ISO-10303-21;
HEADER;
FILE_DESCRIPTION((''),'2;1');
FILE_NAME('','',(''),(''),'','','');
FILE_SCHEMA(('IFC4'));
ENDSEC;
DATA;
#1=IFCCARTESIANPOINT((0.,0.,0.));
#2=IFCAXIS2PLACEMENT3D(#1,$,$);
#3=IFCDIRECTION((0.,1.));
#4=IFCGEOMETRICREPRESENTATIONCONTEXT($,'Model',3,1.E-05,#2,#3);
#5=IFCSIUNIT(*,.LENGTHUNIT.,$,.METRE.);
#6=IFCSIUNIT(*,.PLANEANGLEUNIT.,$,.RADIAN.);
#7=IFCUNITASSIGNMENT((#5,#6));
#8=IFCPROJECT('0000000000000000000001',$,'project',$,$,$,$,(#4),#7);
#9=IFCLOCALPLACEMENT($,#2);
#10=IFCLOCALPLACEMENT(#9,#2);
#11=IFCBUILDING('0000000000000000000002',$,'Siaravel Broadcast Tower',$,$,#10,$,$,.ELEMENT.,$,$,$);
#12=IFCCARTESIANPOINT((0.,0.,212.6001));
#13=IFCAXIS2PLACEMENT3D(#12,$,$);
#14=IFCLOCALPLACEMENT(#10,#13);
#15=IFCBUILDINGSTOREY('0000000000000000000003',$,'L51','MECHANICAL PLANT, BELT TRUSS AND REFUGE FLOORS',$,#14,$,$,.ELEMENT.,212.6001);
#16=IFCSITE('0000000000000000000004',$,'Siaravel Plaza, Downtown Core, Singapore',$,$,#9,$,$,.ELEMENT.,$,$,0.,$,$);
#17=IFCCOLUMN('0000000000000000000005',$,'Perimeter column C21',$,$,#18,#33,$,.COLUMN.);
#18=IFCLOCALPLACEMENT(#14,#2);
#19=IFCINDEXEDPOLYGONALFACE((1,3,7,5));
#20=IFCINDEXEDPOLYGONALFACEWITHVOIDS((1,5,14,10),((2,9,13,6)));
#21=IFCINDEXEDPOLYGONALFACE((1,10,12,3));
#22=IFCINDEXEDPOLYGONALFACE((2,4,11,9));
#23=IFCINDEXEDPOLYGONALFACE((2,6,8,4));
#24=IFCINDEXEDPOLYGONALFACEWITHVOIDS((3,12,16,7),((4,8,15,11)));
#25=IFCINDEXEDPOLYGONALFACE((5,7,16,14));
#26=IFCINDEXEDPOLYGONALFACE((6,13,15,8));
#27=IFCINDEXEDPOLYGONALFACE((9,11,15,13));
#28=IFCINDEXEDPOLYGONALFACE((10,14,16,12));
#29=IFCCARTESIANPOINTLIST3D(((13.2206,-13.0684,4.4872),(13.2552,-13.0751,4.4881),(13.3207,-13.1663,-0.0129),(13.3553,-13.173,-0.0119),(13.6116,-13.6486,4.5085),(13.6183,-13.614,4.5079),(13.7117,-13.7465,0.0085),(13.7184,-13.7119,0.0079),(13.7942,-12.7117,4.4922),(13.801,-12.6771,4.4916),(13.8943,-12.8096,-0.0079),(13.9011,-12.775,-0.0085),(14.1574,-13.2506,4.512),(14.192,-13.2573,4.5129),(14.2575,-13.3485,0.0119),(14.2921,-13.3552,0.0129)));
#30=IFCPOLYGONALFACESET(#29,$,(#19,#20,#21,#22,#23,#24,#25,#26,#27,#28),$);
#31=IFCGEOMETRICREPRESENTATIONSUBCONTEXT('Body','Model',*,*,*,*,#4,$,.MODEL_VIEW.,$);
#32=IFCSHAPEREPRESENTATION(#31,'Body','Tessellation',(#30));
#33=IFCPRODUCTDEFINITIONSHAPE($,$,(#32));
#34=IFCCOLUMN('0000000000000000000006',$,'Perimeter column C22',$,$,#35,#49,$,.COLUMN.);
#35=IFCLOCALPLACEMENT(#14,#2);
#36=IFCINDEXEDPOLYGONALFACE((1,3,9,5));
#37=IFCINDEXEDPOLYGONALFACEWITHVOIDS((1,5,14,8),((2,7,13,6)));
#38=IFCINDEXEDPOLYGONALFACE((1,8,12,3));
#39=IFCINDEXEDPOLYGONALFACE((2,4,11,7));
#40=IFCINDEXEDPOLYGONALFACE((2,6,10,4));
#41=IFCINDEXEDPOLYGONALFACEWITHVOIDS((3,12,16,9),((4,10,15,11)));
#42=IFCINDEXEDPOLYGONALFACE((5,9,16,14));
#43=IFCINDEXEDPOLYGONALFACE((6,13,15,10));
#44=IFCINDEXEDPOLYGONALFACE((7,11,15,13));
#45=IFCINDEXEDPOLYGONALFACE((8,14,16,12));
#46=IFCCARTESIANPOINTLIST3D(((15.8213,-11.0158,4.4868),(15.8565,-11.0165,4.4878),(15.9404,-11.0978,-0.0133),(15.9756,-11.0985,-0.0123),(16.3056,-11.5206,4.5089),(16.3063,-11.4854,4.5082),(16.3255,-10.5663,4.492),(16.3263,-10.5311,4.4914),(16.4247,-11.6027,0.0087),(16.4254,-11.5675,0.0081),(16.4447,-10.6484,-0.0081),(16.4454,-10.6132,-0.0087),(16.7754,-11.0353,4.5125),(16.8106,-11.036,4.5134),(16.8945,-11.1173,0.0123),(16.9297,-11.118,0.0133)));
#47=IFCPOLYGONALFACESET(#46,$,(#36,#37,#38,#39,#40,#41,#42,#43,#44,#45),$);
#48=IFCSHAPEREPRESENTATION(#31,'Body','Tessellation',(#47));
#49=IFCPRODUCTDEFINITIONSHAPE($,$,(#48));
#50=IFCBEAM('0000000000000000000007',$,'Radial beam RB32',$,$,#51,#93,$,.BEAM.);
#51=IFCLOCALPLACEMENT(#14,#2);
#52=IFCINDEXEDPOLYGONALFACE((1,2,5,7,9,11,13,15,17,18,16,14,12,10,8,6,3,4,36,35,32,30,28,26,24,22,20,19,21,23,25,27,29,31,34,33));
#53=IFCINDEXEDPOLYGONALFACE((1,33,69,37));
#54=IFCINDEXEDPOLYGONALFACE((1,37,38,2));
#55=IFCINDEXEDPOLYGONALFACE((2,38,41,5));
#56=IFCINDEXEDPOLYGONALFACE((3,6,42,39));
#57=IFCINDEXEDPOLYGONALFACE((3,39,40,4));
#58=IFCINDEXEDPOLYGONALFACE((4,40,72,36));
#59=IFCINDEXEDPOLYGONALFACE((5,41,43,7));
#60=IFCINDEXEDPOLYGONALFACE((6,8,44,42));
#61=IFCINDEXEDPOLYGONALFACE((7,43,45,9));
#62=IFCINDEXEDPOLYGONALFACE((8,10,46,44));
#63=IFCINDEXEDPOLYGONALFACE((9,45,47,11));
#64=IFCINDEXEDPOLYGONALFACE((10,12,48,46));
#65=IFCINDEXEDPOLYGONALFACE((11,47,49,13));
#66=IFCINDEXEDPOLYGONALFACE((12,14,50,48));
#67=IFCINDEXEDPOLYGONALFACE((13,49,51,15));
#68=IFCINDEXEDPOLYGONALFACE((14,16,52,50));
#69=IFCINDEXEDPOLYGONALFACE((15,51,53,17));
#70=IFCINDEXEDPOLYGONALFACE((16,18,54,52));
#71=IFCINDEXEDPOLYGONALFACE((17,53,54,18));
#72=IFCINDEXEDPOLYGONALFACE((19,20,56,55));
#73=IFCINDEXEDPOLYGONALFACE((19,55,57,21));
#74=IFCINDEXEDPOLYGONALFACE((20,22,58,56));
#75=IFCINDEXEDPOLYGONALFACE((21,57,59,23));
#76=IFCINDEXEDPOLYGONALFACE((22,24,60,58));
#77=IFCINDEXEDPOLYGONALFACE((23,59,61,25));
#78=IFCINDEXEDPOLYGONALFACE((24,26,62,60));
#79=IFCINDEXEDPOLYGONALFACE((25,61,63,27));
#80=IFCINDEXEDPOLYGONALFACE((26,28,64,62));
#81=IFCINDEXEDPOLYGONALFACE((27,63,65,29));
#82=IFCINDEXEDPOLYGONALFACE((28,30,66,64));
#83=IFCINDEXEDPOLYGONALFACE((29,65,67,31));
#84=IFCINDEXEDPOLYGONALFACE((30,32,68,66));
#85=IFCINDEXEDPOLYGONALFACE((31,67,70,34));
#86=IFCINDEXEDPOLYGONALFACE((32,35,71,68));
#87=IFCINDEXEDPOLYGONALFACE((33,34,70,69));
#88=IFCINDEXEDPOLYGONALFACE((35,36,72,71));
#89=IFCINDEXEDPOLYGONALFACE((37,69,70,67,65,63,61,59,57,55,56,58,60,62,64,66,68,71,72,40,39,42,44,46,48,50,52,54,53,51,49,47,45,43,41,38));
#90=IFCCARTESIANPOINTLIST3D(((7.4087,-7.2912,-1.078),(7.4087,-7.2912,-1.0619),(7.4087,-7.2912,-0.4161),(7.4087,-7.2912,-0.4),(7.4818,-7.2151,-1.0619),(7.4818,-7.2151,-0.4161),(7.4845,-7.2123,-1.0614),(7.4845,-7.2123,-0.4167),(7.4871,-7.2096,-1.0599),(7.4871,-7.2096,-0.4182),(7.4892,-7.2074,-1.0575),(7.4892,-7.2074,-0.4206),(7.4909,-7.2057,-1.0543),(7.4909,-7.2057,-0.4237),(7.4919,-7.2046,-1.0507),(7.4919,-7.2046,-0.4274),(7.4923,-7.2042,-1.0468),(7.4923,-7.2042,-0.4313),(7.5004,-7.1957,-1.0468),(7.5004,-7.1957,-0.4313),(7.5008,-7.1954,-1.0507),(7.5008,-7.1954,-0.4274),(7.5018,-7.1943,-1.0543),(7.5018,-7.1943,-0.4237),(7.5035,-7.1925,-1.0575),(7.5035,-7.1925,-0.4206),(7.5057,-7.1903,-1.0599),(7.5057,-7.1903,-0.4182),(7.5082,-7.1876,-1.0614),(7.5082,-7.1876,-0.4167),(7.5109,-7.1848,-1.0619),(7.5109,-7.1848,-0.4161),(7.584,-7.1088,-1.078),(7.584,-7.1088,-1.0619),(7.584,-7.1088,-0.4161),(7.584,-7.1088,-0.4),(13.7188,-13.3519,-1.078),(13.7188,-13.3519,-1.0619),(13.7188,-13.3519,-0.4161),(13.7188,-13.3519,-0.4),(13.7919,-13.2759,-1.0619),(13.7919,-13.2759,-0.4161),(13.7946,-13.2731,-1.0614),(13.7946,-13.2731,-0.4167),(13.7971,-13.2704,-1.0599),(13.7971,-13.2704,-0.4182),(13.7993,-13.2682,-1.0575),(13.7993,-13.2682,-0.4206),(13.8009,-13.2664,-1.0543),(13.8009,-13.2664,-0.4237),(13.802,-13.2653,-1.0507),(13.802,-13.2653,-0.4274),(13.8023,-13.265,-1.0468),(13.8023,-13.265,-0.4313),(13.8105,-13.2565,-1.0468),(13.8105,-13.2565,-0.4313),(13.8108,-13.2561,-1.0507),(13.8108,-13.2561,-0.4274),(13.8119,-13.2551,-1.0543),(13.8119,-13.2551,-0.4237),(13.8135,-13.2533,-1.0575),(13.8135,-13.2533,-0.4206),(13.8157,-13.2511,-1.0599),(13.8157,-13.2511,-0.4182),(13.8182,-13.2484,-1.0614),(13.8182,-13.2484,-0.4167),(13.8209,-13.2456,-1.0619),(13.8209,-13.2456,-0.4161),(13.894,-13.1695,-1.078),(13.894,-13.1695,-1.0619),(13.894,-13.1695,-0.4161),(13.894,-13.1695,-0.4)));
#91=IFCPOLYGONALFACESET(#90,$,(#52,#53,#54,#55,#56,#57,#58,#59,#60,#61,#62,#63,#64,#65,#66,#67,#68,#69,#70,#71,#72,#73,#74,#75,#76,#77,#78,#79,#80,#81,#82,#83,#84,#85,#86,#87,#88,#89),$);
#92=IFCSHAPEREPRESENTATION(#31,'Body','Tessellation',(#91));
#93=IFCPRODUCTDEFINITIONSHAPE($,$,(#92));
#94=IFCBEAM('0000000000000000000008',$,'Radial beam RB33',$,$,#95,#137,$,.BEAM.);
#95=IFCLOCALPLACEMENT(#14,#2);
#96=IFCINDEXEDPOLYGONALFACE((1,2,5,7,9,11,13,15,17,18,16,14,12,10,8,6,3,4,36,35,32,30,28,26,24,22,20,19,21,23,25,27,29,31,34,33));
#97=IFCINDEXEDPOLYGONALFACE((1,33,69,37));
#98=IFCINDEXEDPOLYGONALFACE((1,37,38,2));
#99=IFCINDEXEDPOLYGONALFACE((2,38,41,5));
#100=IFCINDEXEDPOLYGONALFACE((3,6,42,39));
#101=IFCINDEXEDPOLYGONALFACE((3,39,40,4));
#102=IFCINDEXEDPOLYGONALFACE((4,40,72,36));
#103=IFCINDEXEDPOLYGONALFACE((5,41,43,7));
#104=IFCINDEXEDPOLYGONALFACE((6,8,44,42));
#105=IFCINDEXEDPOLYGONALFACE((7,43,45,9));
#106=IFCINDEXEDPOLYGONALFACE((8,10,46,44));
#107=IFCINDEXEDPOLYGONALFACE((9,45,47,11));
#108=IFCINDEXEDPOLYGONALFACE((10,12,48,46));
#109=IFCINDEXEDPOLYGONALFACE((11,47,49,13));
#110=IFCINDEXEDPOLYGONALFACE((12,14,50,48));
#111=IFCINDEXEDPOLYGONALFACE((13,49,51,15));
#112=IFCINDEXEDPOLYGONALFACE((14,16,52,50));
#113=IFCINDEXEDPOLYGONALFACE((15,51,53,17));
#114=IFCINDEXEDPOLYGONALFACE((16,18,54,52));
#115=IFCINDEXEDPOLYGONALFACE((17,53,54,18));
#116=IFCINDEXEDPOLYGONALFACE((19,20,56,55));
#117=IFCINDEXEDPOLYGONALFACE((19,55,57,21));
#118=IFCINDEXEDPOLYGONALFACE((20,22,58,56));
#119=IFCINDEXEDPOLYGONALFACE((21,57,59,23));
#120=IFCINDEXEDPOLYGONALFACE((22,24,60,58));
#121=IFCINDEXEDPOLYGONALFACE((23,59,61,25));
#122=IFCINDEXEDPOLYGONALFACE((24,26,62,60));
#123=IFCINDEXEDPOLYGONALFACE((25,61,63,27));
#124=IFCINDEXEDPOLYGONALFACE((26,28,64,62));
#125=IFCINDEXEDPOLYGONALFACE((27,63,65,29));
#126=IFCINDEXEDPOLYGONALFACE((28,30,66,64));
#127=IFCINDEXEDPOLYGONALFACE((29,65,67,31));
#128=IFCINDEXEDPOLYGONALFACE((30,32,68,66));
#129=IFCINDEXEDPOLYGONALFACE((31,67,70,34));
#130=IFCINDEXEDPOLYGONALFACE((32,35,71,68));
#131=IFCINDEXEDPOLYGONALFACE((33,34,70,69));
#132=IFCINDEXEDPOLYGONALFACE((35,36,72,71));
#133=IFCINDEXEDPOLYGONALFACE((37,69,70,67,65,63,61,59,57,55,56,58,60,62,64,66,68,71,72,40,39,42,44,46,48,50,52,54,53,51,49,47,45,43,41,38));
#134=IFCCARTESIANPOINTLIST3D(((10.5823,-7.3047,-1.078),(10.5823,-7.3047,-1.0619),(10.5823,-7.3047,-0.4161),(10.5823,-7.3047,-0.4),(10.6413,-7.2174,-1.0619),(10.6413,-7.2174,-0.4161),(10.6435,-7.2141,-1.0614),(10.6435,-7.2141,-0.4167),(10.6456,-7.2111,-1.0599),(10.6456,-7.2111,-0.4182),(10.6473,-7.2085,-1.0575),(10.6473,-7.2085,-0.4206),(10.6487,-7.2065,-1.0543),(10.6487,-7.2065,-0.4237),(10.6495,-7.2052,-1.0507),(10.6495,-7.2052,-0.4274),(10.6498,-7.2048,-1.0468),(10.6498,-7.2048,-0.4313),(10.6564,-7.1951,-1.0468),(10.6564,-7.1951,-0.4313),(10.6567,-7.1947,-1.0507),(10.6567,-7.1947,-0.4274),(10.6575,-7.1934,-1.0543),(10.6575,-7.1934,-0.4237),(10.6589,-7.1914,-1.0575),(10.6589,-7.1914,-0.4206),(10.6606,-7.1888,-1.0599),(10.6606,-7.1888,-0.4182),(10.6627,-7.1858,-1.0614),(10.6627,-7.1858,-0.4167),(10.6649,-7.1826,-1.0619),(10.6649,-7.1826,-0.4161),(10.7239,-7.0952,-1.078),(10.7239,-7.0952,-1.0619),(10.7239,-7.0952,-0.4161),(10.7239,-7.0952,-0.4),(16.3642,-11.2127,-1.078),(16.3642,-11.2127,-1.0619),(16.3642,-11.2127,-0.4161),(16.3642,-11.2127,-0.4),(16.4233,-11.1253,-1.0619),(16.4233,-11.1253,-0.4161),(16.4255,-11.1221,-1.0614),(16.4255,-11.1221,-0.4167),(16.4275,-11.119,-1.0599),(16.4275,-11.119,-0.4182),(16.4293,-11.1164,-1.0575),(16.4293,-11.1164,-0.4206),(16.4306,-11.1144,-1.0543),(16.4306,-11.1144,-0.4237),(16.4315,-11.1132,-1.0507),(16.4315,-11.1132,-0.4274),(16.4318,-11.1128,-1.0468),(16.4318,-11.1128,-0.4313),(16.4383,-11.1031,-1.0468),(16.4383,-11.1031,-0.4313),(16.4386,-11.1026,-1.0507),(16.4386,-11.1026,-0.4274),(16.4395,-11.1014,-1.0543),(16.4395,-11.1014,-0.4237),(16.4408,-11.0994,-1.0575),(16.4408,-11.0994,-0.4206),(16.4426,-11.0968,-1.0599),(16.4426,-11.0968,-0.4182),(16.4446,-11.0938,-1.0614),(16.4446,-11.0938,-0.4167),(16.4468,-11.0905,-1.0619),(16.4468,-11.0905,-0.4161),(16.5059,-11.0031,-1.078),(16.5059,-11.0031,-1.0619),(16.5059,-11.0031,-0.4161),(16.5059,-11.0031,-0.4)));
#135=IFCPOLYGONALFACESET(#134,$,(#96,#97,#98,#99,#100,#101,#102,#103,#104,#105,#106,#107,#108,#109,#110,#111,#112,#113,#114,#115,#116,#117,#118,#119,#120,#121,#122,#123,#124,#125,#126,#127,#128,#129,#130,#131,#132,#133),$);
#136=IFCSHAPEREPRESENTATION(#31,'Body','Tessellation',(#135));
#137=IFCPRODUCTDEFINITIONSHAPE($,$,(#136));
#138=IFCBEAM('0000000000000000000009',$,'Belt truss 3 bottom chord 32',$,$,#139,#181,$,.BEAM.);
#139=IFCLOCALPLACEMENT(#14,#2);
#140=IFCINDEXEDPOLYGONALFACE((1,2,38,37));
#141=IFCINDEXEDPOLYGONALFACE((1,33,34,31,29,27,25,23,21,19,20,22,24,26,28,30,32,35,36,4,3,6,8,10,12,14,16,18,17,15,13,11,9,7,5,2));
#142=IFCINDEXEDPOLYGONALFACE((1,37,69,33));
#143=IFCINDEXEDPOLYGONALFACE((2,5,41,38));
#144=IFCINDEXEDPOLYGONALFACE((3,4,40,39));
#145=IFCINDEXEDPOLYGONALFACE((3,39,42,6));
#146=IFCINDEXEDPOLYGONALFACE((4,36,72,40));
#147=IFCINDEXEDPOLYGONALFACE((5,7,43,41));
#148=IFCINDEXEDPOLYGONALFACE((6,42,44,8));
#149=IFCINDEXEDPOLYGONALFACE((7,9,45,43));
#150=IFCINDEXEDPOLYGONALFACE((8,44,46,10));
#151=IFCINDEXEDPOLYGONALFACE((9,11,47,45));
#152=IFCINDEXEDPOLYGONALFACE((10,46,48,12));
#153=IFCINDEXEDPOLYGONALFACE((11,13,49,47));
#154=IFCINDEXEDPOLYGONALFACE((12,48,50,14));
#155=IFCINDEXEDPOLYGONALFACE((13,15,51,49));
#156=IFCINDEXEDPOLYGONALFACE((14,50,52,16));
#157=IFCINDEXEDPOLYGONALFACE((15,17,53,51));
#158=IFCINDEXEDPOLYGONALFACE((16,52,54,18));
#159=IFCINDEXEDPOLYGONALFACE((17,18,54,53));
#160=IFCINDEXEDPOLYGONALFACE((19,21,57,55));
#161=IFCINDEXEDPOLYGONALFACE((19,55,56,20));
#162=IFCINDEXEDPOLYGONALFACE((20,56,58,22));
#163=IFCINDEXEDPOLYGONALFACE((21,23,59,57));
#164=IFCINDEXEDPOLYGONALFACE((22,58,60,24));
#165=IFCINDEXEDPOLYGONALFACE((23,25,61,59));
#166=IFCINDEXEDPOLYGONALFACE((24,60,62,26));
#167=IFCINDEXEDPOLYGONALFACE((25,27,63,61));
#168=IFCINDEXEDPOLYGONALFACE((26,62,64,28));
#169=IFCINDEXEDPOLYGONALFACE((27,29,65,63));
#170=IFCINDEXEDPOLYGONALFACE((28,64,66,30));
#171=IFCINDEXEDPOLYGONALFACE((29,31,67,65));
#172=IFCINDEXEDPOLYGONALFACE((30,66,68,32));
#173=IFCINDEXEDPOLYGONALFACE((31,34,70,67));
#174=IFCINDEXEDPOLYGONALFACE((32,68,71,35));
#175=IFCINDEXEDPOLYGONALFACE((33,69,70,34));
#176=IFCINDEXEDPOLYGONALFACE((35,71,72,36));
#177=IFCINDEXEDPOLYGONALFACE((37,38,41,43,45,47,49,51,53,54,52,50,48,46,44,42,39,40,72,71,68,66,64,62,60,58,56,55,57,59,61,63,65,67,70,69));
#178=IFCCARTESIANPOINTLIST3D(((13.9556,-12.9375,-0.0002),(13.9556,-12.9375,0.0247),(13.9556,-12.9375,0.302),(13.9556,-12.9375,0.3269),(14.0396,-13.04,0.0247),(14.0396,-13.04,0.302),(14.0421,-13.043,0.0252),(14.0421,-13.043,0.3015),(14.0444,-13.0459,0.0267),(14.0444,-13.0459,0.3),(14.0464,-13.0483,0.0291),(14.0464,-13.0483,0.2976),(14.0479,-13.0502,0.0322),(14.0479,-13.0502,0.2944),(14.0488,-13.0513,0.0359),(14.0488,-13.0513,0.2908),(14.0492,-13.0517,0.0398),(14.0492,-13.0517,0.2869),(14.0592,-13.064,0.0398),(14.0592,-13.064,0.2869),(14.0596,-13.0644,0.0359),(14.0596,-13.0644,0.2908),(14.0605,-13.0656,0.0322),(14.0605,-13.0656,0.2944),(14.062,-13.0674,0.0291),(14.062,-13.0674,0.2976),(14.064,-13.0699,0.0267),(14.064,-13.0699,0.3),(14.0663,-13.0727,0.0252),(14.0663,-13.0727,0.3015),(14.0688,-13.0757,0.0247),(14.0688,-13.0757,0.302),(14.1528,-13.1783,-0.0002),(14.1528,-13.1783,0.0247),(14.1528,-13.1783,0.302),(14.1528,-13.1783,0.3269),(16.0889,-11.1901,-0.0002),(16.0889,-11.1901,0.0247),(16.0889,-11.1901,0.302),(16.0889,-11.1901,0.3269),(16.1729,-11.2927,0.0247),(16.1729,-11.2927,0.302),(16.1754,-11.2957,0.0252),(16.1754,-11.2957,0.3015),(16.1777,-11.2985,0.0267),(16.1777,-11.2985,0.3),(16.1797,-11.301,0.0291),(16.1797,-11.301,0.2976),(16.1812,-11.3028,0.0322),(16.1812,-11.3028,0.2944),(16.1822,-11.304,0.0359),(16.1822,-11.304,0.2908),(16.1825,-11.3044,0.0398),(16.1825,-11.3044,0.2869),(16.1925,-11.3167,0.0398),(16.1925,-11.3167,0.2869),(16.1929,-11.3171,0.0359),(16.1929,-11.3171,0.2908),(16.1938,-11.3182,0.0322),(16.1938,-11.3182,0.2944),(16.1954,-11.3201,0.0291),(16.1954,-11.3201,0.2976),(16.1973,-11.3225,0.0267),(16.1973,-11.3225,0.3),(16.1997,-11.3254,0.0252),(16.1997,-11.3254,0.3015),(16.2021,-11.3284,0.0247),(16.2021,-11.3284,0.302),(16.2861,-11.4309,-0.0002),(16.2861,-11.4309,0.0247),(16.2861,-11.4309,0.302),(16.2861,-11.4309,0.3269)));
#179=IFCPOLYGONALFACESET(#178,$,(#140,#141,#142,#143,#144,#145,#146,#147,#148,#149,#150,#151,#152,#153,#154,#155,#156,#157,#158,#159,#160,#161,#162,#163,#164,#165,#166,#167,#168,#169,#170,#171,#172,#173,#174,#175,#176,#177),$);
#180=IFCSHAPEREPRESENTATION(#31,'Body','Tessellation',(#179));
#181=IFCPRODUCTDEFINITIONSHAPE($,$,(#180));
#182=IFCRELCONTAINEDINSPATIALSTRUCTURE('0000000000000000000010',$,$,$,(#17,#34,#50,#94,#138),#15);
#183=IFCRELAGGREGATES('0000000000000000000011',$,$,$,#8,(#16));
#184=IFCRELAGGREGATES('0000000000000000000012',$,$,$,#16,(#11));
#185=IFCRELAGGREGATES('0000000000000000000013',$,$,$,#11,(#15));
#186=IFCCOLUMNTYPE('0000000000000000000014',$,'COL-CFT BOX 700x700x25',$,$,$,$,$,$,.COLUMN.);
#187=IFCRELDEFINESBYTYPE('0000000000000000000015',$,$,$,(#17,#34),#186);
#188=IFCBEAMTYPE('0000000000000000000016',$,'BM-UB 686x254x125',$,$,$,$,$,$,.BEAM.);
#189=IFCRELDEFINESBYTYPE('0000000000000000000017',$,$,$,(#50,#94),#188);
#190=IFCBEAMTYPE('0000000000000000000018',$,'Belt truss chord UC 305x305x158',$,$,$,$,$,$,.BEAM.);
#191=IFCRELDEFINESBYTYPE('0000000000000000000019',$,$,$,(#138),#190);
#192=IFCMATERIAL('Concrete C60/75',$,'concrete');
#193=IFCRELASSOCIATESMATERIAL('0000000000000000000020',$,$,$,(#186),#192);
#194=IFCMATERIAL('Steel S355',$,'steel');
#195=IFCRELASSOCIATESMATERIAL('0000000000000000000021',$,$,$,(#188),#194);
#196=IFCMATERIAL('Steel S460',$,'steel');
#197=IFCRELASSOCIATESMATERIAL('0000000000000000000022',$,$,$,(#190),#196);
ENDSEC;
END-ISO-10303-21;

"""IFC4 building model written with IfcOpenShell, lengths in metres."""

from ifc_helpers import new_model, si_unit, direction, frame, origin, origin_2d, place, context, subcontext, project, spatial, hollow_rectangle, i_section, extrude, material, material_profile, profile_set, type_object, element, save


model = new_model("IFC4")

# Units and contexts
model_context = context("Model", 3, precision=1e-05, world=origin(), true_north=direction((0.0, 1.0)))
body_context = subcontext(model_context, "Body", "Model", "MODEL_VIEW")
ifc_project = project(units=[si_unit("LENGTHUNIT", "METRE"), si_unit("PLANEANGLEUNIT", "RADIAN")], contexts=[model_context])

# Site, building, storey
site_placement = place(None, origin())
site = spatial("IfcSite", under=ifc_project, at=site_placement, Name="Siaravel Plaza, Downtown Core, Singapore", CompositionType="ELEMENT", RefElevation=0.0)
building_placement = place(site_placement, origin())
building = spatial("IfcBuilding", under=site, at=building_placement, Name="Siaravel Broadcast Tower", CompositionType="ELEMENT")
storey_placement = place(building_placement, frame((0.0, 0.0, 212.6001)))
storey = spatial("IfcBuildingStorey", under=building, at=storey_placement, Name="L51", Description="MECHANICAL PLANT, BELT TRUSS AND REFUGE FLOORS", CompositionType="ELEMENT", Elevation=212.6001)

# Columns
ifc_material_1 = material(Name="Concrete C60/75", Category="concrete")
ifc_material_profile_1 = material_profile(ifc_material_1, hollow_rectangle(XDim=0.7, YDim=0.7, WallThickness=0.0249, at=origin_2d()))
ifc_profile_set_1 = profile_set([ifc_material_profile_1], Name="Concrete C60/75")
column_type = type_object("IfcColumnType", Name="COL-CFT BOX 700x700x25", PredefinedType="COLUMN", material=ifc_profile_set_1)
column_1_placement = place(storey_placement, frame((13.8064, -13.2607, 0.0), z_axis=(-0.022233, 0.021745, 0.999516), x_axis=(-0.829145, -0.558998, -0.006282)))
element("IfcColumn", 1, at=column_1_placement, inside=storey, type_object=column_type, Name="Perimeter column C21", PredefinedType="COLUMN", context=body_context, shape_type="SweptSolid", body=[
    extrude(hollow_rectangle(XDim=0.7, YDim=0.7, WallThickness=0.0249, at=origin_2d()), origin(), (0.0, 0.0, 1.0), 4.5022),
])
column_2_placement = place(storey_placement, frame((16.4351, -11.1079, 0.0), z_axis=(-0.026462, 0.01822, 0.999484), x_axis=(-0.721498, -0.692387, -0.006481)))
element("IfcColumn", 2, at=column_2_placement, inside=storey, type_object=column_type, Name="Perimeter column C22", PredefinedType="COLUMN", context=body_context, shape_type="SweptSolid", body=[
    extrude(hollow_rectangle(XDim=0.7, YDim=0.7, WallThickness=0.0249, at=origin_2d()), origin(), (0.0, 0.0, 1.0), 4.5024),
])

# Beams
ifc_material_2 = material(Name="Steel S355", Category="steel")
ifc_material_profile_2 = material_profile(ifc_material_2, i_section(OverallWidth=0.2529, OverallDepth=0.678, WebThickness=0.0117, FlangeThickness=0.0161, FilletRadius=0.0151, at=origin_2d()))
ifc_profile_set_2 = profile_set([ifc_material_profile_2], Name="Steel S355")
beam_type_1 = type_object("IfcBeamType", Name="BM-UB 686x254x125", PredefinedType="BEAM", material=ifc_profile_set_2)
beam_1_placement = place(storey_placement, frame((13.8064, -13.2607, -0.739), z_axis=(-0.721208, 0.692718, 0.0), x_axis=(-0.692718, -0.721208, 0.0)))
element("IfcBeam", 3, at=beam_1_placement, inside=storey, type_object=beam_type_1, Name="Radial beam RB32", PredefinedType="BEAM", context=body_context, shape_type="SweptSolid", body=[
    extrude(i_section(OverallWidth=0.2529, OverallDepth=0.678, WebThickness=0.0117, FlangeThickness=0.0161, FilletRadius=0.0151, at=origin_2d()), origin(), (0.0, 0.0, 1.0), 8.7493),
])
beam_2_placement = place(storey_placement, frame((16.4351, -11.1079, -0.739), z_axis=(-0.828508, 0.559977, 0.0), x_axis=(-0.559977, -0.828508, 0.0)))
element("IfcBeam", 4, at=beam_2_placement, inside=storey, type_object=beam_type_1, Name="Radial beam RB33", PredefinedType="BEAM", context=body_context, shape_type="SweptSolid", body=[
    extrude(i_section(OverallWidth=0.2529, OverallDepth=0.678, WebThickness=0.0117, FlangeThickness=0.0161, FilletRadius=0.0151, at=origin_2d()), origin(), (0.0, 0.0, 1.0), 6.9788),
])
ifc_material_3 = material(Name="Steel S460", Category="steel")
ifc_material_profile_3 = material_profile(ifc_material_3, i_section(OverallWidth=0.3113, OverallDepth=0.3271, WebThickness=0.0159, FlangeThickness=0.0249, FilletRadius=0.0151, at=origin_2d()))
ifc_profile_set_3 = profile_set([ifc_material_profile_3], Name="Steel S460")
beam_type_2 = type_object("IfcBeamType", Name="Belt truss chord UC 305x305x158", PredefinedType="BEAM", material=ifc_profile_set_3)
beam_3_placement = place(storey_placement, frame((14.0542, -13.0579, 0.1633), z_axis=(0.773622, 0.633648, 0.0), x_axis=(-0.633648, 0.773622, 0.0)))
element("IfcBeam", 5, at=beam_3_placement, inside=storey, type_object=beam_type_2, Name="Belt truss 3 bottom chord 32", PredefinedType="BEAM", context=body_context, shape_type="SweptSolid", body=[
    extrude(i_section(OverallWidth=0.3113, OverallDepth=0.3271, WebThickness=0.0159, FlangeThickness=0.0249, FilletRadius=0.0151, at=origin_2d()), origin(), (0.0, 0.0, 1.0), 2.7576),
])

save(model, "model.ifc")
